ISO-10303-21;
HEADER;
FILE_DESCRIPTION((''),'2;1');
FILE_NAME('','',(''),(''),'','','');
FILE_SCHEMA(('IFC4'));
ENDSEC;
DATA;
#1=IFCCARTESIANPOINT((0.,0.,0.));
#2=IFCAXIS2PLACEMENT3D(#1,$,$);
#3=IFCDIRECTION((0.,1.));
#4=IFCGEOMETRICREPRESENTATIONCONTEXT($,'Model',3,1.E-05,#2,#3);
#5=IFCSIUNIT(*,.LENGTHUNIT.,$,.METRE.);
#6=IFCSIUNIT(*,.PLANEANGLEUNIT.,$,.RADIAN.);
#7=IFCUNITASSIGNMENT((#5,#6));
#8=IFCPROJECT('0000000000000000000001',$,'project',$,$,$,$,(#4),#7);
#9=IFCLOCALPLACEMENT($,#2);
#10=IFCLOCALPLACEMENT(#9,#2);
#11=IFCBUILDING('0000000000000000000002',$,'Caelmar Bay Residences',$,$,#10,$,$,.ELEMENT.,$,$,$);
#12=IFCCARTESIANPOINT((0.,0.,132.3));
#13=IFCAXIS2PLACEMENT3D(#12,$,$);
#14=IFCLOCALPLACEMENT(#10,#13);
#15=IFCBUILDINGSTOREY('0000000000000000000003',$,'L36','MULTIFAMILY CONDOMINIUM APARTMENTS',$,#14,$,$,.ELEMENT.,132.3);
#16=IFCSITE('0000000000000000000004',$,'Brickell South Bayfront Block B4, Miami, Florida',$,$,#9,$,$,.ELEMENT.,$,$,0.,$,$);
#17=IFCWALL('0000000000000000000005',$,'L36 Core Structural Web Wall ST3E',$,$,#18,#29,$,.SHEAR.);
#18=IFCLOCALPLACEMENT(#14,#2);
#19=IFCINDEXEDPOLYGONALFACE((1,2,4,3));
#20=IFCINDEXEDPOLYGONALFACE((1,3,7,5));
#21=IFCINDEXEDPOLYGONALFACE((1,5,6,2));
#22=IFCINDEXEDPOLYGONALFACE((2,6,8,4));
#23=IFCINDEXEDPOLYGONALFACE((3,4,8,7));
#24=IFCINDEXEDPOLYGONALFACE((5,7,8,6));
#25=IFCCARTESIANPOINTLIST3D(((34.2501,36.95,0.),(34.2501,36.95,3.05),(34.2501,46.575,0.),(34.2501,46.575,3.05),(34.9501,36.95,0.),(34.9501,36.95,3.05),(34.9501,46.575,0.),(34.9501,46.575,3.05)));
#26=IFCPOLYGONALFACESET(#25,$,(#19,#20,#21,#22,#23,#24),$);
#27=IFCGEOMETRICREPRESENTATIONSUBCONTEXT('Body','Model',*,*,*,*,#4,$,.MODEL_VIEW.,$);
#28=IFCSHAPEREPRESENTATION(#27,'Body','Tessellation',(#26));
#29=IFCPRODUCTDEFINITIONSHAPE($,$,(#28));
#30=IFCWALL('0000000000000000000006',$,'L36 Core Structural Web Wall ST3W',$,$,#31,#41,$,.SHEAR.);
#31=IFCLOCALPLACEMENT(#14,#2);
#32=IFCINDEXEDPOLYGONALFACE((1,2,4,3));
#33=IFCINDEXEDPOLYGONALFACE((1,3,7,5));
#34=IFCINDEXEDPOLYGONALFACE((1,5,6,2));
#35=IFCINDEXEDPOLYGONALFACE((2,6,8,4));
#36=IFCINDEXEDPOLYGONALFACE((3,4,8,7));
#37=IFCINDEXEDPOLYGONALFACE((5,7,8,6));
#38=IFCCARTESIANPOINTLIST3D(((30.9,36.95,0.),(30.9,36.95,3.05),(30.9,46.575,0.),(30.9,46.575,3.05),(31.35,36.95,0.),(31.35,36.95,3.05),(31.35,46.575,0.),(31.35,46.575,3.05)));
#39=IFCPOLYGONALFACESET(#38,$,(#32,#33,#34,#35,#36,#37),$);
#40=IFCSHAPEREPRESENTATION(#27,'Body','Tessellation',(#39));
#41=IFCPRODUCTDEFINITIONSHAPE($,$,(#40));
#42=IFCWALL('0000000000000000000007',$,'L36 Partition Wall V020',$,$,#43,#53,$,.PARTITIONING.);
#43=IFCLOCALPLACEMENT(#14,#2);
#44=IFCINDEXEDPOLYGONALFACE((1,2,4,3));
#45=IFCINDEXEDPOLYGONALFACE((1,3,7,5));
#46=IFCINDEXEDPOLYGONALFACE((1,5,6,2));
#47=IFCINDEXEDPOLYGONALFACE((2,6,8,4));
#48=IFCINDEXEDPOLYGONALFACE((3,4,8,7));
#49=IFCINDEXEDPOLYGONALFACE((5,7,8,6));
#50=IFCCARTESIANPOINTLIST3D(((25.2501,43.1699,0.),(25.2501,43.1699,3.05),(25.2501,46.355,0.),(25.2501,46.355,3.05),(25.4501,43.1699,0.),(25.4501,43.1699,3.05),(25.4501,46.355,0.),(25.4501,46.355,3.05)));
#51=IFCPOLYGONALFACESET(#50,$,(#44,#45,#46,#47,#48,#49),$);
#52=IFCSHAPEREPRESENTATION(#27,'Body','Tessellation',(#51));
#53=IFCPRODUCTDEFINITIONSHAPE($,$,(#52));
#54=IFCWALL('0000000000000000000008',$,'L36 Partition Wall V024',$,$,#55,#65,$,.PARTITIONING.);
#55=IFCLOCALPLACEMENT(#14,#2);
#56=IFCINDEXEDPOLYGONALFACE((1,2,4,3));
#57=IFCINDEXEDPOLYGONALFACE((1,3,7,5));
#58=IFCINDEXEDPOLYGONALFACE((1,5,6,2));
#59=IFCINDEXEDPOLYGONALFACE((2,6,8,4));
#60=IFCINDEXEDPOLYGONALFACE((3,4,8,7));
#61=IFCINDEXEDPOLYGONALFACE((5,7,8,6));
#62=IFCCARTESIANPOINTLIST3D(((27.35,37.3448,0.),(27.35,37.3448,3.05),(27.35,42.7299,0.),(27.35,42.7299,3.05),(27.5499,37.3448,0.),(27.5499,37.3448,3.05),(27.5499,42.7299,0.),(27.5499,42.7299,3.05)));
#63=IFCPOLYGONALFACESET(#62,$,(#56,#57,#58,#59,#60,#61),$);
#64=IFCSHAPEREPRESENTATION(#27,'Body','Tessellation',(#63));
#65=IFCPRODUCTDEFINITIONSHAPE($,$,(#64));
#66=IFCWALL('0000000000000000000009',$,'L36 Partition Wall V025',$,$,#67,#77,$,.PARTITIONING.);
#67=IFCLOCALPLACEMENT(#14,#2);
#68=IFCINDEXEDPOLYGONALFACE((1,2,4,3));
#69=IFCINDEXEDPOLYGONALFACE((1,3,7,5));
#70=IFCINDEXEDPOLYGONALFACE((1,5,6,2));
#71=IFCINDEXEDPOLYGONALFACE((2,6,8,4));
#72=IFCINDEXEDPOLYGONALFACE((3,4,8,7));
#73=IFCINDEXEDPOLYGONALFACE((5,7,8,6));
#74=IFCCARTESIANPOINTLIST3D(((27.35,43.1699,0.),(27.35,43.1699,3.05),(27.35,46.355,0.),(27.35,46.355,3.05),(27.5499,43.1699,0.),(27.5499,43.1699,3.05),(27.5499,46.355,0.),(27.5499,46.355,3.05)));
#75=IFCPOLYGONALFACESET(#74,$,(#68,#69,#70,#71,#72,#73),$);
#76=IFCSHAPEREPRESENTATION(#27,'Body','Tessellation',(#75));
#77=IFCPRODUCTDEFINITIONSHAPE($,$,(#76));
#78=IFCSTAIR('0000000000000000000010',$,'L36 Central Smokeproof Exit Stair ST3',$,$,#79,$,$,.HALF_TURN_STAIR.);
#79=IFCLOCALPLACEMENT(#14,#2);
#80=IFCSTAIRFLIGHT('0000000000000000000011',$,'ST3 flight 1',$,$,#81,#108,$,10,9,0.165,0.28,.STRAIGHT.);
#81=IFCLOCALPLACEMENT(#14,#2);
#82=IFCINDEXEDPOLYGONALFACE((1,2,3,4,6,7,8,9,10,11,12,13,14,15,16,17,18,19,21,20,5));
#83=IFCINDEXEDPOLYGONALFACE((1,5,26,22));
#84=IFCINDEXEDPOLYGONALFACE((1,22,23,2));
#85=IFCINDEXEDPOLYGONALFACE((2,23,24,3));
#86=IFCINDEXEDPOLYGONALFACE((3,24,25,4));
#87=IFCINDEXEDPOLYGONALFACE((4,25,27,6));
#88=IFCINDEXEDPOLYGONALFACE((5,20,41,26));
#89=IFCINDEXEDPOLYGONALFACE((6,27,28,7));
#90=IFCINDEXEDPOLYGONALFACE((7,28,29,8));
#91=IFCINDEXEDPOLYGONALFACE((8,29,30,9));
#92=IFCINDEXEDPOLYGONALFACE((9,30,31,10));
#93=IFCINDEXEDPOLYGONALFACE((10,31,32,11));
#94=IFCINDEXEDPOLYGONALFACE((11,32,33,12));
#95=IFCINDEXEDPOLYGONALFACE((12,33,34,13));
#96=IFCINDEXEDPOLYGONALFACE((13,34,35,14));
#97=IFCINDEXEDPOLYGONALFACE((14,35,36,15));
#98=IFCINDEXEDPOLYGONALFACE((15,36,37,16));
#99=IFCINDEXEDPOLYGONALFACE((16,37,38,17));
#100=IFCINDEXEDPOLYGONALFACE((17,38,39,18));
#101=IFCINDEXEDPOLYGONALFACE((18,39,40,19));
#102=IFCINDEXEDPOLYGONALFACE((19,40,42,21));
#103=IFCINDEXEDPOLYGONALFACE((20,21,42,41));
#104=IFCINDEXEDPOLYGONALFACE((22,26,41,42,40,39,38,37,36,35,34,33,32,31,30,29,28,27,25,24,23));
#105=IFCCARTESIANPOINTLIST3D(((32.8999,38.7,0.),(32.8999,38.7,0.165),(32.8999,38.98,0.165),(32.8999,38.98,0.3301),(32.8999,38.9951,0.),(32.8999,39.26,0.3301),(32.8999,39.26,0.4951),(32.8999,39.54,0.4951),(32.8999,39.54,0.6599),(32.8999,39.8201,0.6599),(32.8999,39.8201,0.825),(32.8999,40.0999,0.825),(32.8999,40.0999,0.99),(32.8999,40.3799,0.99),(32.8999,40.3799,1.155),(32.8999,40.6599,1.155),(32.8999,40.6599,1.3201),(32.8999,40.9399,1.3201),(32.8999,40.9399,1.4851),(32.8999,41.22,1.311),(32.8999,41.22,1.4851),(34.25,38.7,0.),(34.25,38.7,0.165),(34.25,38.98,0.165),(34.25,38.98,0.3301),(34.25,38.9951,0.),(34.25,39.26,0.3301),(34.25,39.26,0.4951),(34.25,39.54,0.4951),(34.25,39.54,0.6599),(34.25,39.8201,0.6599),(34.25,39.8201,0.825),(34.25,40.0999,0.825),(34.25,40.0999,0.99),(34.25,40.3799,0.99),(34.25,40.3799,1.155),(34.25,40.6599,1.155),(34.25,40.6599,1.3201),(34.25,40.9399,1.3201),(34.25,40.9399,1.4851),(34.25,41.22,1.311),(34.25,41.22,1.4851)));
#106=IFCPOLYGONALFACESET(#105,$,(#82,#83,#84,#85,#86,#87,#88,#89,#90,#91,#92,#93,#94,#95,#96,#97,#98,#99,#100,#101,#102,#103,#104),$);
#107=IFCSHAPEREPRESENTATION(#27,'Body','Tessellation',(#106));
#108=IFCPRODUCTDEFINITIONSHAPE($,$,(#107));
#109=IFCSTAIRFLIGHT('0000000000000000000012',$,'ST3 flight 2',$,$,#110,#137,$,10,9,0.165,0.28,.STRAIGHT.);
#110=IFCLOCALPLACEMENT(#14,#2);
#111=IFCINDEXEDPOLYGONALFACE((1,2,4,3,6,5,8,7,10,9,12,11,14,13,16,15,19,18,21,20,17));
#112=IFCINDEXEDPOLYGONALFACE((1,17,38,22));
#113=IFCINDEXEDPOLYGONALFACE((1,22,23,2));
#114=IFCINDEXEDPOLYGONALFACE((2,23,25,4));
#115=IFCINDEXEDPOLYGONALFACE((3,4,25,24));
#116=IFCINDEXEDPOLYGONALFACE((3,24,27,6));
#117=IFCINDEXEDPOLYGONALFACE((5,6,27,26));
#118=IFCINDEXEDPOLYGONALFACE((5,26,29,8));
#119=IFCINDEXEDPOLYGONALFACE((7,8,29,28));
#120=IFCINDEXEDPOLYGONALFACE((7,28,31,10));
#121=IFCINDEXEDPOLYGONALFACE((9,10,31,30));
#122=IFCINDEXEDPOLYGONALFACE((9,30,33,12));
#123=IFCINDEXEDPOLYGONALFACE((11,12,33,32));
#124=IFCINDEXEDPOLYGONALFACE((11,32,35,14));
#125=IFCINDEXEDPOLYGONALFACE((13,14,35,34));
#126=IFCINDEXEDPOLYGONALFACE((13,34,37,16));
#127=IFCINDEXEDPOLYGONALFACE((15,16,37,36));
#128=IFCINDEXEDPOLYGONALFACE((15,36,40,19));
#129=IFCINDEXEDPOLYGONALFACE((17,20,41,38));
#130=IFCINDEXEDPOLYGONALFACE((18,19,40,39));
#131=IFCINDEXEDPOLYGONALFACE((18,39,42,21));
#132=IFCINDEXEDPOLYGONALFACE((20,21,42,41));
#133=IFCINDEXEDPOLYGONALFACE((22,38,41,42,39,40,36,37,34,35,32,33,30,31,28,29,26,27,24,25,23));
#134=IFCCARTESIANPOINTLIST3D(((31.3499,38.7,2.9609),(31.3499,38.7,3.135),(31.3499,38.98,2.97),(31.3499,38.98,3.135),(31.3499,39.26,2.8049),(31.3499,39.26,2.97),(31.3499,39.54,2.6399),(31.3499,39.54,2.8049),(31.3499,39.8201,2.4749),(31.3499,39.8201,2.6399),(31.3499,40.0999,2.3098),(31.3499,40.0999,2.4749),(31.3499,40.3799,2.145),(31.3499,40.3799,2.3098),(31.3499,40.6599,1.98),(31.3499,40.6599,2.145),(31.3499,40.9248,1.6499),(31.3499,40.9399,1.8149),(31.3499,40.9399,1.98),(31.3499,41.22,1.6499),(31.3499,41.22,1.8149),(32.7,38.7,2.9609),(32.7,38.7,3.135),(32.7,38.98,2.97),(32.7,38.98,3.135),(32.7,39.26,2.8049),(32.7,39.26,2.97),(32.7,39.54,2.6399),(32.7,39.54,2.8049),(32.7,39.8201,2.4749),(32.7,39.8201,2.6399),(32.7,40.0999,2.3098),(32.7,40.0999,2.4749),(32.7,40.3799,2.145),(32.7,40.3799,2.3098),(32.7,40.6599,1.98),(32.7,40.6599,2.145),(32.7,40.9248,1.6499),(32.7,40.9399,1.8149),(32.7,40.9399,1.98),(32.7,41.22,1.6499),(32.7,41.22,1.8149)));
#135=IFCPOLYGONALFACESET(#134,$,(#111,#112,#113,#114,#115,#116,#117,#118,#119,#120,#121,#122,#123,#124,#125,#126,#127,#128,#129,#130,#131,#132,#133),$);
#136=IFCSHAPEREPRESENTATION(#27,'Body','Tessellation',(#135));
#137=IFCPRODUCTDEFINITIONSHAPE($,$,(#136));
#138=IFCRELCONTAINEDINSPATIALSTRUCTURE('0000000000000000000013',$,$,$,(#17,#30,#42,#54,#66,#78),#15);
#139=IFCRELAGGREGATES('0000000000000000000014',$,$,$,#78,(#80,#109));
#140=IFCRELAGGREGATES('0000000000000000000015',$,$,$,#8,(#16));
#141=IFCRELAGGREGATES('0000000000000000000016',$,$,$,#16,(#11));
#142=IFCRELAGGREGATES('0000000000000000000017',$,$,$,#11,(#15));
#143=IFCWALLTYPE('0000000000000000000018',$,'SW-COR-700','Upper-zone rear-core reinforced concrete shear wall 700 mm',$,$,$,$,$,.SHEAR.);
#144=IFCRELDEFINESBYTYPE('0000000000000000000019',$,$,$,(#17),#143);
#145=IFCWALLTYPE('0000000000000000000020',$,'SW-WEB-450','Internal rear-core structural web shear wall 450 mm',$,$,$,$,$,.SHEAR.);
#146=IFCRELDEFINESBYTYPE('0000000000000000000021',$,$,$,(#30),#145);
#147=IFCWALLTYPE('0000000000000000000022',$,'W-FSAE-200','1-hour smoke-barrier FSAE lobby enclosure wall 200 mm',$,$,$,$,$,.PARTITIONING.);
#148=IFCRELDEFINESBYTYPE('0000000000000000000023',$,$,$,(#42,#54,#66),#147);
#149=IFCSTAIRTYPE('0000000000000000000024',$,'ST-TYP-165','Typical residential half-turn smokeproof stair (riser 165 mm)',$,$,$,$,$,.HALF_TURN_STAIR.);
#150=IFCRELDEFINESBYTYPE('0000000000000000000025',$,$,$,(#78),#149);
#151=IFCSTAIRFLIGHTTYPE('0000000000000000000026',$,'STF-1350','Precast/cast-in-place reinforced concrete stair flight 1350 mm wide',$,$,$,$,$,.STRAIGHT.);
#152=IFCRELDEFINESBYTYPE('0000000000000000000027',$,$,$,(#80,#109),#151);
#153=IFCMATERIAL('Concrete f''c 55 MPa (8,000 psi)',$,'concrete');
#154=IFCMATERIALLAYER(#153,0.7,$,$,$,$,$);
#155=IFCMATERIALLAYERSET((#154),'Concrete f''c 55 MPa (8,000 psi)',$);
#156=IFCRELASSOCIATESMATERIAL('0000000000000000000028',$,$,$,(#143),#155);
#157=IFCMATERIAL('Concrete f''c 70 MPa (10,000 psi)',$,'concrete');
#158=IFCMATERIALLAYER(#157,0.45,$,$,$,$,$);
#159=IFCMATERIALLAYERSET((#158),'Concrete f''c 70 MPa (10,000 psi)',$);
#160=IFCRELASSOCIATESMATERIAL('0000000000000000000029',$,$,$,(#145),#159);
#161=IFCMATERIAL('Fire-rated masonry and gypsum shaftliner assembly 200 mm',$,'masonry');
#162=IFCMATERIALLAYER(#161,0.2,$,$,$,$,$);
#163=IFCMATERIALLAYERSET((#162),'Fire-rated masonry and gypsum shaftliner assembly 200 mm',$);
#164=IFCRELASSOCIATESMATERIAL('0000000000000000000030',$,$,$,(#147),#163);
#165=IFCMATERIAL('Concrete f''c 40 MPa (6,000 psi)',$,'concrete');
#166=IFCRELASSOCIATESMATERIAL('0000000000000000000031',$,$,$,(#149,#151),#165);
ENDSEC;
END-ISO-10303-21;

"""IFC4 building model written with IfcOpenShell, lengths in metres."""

from ifc_helpers import new_model, si_unit, direction, frame, frame_2d, origin, place, context, subcontext, project, spatial, polyline, rectangle, outline, extrude, material, layer, layer_set, type_object, element, aggregate, save


model = new_model("IFC4")

# Units and contexts
model_context = context("Model", 3, precision=1e-05, world=origin(), true_north=direction((0.0, 1.0)))
body_context = subcontext(model_context, "Body", "Model", "MODEL_VIEW")
ifc_project = project(units=[si_unit("LENGTHUNIT", "METRE"), si_unit("PLANEANGLEUNIT", "RADIAN")], contexts=[model_context])

# Site, building, storey
site_placement = place(None, origin())
site = spatial("IfcSite", under=ifc_project, at=site_placement, Name="Brickell South Bayfront Block B4, Miami, Florida", CompositionType="ELEMENT", RefElevation=0.0)
building_placement = place(site_placement, origin())
building = spatial("IfcBuilding", under=site, at=building_placement, Name="Caelmar Bay Residences", CompositionType="ELEMENT")
storey_placement = place(building_placement, frame((0.0, 0.0, 132.3)))
storey = spatial("IfcBuildingStorey", under=building, at=storey_placement, Name="L36", Description="MULTIFAMILY CONDOMINIUM APARTMENTS", CompositionType="ELEMENT", Elevation=132.3)

# Walls
ifc_material_1 = material(Name="Concrete f'c 55 MPa (8,000 psi)", Category="concrete")
ifc_layer_1 = layer(ifc_material_1, 0.7)
ifc_layer_set_1 = layer_set([ifc_layer_1], Name="Concrete f'c 55 MPa (8,000 psi)")
wall_type_1 = type_object("IfcWallType", Name="SW-COR-700", Description="Upper-zone rear-core reinforced concrete shear wall 700 mm", PredefinedType="SHEAR", material=ifc_layer_set_1)
wall_1_placement = place(storey_placement, frame((34.6001, 36.95, 0.0), z_axis=(0.0, 0.0, 1.0), x_axis=(0.0, 1.0, 0.0)))
element("IfcWall", 1, at=wall_1_placement, inside=storey, type_object=wall_type_1, Name="L36 Core Structural Web Wall ST3E", PredefinedType="SHEAR", context=body_context, shape_type="SweptSolid", body=[
    extrude(rectangle(XDim=9.625, YDim=0.7, at=frame_2d((4.8125, 0.0))), origin(), (0.0, 0.0, 1.0), 3.05),
])
ifc_material_2 = material(Name="Concrete f'c 70 MPa (10,000 psi)", Category="concrete")
ifc_layer_2 = layer(ifc_material_2, 0.45)
ifc_layer_set_2 = layer_set([ifc_layer_2], Name="Concrete f'c 70 MPa (10,000 psi)")
wall_type_2 = type_object("IfcWallType", Name="SW-WEB-450", Description="Internal rear-core structural web shear wall 450 mm", PredefinedType="SHEAR", material=ifc_layer_set_2)
wall_2_placement = place(storey_placement, frame((31.125, 36.95, 0.0), z_axis=(0.0, 0.0, 1.0), x_axis=(0.0, 1.0, 0.0)))
element("IfcWall", 2, at=wall_2_placement, inside=storey, type_object=wall_type_2, Name="L36 Core Structural Web Wall ST3W", PredefinedType="SHEAR", context=body_context, shape_type="SweptSolid", body=[
    extrude(rectangle(XDim=9.625, YDim=0.45, at=frame_2d((4.8125, 0.0))), origin(), (0.0, 0.0, 1.0), 3.05),
])

# Walls
ifc_material_3 = material(Name="Fire-rated masonry and gypsum shaftliner assembly 200 mm", Category="masonry")
ifc_layer_3 = layer(ifc_material_3, 0.2)
ifc_layer_set_3 = layer_set([ifc_layer_3], Name="Fire-rated masonry and gypsum shaftliner assembly 200 mm")
wall_type_3 = type_object("IfcWallType", Name="W-FSAE-200", Description="1-hour smoke-barrier FSAE lobby enclosure wall 200 mm", PredefinedType="PARTITIONING", material=ifc_layer_set_3)
wall_3_placement = place(storey_placement, frame((25.3501, 43.1699, 0.0), z_axis=(0.0, 0.0, 1.0), x_axis=(0.0, 1.0, 0.0)))
element("IfcWall", 3, at=wall_3_placement, inside=storey, type_object=wall_type_3, Name="L36 Partition Wall V020", PredefinedType="PARTITIONING", context=body_context, shape_type="SweptSolid", body=[
    extrude(rectangle(XDim=3.1851, YDim=0.2, at=frame_2d((1.5925, 0.0))), origin(), (0.0, 0.0, 1.0), 3.05),
])
wall_4_placement = place(storey_placement, frame((27.45, 37.345, 0.0), z_axis=(0.0, 0.0, 1.0), x_axis=(0.0, 1.0, 0.0)))
element("IfcWall", 4, at=wall_4_placement, inside=storey, type_object=wall_type_3, Name="L36 Partition Wall V024", PredefinedType="PARTITIONING", context=body_context, shape_type="SweptSolid", body=[
    extrude(rectangle(XDim=5.385, YDim=0.2, at=frame_2d((2.6924, 0.0))), origin(), (0.0, 0.0, 1.0), 3.05),
])
wall_5_placement = place(storey_placement, frame((27.45, 43.1699, 0.0), z_axis=(0.0, 0.0, 1.0), x_axis=(0.0, 1.0, 0.0)))
element("IfcWall", 5, at=wall_5_placement, inside=storey, type_object=wall_type_3, Name="L36 Partition Wall V025", PredefinedType="PARTITIONING", context=body_context, shape_type="SweptSolid", body=[
    extrude(rectangle(XDim=3.1851, YDim=0.2, at=frame_2d((1.5925, 0.0))), origin(), (0.0, 0.0, 1.0), 3.05),
])

# Stair, stair flights
ifc_material_4 = material(Name="Concrete f'c 40 MPa (6,000 psi)", Category="concrete")
stair_type = type_object("IfcStairType", Name="ST-TYP-165", Description="Typical residential half-turn smokeproof stair (riser 165 mm)", PredefinedType="HALF_TURN_STAIR", material=ifc_material_4)
stair_placement = place(storey_placement, origin())
stair = element("IfcStair", 6, at=stair_placement, inside=storey, type_object=stair_type, Name="L36 Central Smokeproof Exit Stair ST3", PredefinedType="HALF_TURN_STAIR")
stair_flight_type = type_object("IfcStairFlightType", Name="STF-1350", Description="Precast/cast-in-place reinforced concrete stair flight 1350 mm wide", PredefinedType="STRAIGHT", material=ifc_material_4)
stair_flight_1_placement = place(storey_placement, frame((33.575, 38.7, 0.0), z_axis=(0.0, 0.0, 1.0), x_axis=(0.0, 1.0, 0.0)))
stair_flight_1 = element("IfcStairFlight", 7, at=stair_flight_1_placement, type_object=stair_flight_type, Name="ST3 flight 1", NumberOfRisers=10, NumberOfTreads=9, PredefinedType="STRAIGHT", RiserHeight=0.165, TreadLength=0.28, context=body_context, shape_type="SweptSolid", body=[
    extrude(outline(polyline([(0.0, 0.0), (0.0, 0.165), (0.28, 0.165), (0.28, 0.3301), (0.5601, 0.3301), (0.5601, 0.4951), (0.8401, 0.4951), (0.8401, 0.6599), (1.1201, 0.6599), (1.1201, 0.825), (1.3999, 0.825), (1.3999, 0.99), (1.6799, 0.99), (1.6799, 1.155), (1.96, 1.155), (1.96, 1.3201), (2.24, 1.3201), (2.24, 1.4851), (2.52, 1.4851), (2.52, 1.6499), (2.52, 1.311), (0.2952, 0.0), (0.0, 0.0)])), frame((0.0, 0.675, 0.0), z_axis=(0.0, -1.0, 0.0), x_axis=(1.0, 0.0, 0.0)), (0.0, 0.0, 1.0), 1.3501),
])
stair_flight_2_placement = place(storey_placement, frame((32.0249, 41.22, 1.6499), z_axis=(0.0, 0.0, 1.0), x_axis=(0.0, -1.0, 0.0)))
stair_flight_2 = element("IfcStairFlight", 8, at=stair_flight_2_placement, type_object=stair_flight_type, Name="ST3 flight 2", NumberOfRisers=10, NumberOfTreads=9, PredefinedType="STRAIGHT", RiserHeight=0.165, TreadLength=0.28, context=body_context, shape_type="SweptSolid", body=[
    extrude(outline(polyline([(0.0, 0.0), (0.0, 0.165), (0.28, 0.165), (0.28, 0.3301), (0.5601, 0.3301), (0.5601, 0.4951), (0.8401, 0.4951), (0.8401, 0.6599), (1.1201, 0.6599), (1.1201, 0.825), (1.3999, 0.825), (1.3999, 0.99), (1.6799, 0.99), (1.6799, 1.155), (1.96, 1.155), (1.96, 1.3201), (2.24, 1.3201), (2.24, 1.4851), (2.52, 1.4851), (2.52, 1.6499), (2.52, 1.311), (0.2952, 0.0), (0.0, 0.0)])), frame((0.0, 0.675, 0.0), z_axis=(0.0, -1.0, 0.0), x_axis=(1.0, 0.0, 0.0)), (0.0, 0.0, 1.0), 1.3501),
])
aggregate(stair, [stair_flight_1, stair_flight_2])

save(model, "model.ifc")
